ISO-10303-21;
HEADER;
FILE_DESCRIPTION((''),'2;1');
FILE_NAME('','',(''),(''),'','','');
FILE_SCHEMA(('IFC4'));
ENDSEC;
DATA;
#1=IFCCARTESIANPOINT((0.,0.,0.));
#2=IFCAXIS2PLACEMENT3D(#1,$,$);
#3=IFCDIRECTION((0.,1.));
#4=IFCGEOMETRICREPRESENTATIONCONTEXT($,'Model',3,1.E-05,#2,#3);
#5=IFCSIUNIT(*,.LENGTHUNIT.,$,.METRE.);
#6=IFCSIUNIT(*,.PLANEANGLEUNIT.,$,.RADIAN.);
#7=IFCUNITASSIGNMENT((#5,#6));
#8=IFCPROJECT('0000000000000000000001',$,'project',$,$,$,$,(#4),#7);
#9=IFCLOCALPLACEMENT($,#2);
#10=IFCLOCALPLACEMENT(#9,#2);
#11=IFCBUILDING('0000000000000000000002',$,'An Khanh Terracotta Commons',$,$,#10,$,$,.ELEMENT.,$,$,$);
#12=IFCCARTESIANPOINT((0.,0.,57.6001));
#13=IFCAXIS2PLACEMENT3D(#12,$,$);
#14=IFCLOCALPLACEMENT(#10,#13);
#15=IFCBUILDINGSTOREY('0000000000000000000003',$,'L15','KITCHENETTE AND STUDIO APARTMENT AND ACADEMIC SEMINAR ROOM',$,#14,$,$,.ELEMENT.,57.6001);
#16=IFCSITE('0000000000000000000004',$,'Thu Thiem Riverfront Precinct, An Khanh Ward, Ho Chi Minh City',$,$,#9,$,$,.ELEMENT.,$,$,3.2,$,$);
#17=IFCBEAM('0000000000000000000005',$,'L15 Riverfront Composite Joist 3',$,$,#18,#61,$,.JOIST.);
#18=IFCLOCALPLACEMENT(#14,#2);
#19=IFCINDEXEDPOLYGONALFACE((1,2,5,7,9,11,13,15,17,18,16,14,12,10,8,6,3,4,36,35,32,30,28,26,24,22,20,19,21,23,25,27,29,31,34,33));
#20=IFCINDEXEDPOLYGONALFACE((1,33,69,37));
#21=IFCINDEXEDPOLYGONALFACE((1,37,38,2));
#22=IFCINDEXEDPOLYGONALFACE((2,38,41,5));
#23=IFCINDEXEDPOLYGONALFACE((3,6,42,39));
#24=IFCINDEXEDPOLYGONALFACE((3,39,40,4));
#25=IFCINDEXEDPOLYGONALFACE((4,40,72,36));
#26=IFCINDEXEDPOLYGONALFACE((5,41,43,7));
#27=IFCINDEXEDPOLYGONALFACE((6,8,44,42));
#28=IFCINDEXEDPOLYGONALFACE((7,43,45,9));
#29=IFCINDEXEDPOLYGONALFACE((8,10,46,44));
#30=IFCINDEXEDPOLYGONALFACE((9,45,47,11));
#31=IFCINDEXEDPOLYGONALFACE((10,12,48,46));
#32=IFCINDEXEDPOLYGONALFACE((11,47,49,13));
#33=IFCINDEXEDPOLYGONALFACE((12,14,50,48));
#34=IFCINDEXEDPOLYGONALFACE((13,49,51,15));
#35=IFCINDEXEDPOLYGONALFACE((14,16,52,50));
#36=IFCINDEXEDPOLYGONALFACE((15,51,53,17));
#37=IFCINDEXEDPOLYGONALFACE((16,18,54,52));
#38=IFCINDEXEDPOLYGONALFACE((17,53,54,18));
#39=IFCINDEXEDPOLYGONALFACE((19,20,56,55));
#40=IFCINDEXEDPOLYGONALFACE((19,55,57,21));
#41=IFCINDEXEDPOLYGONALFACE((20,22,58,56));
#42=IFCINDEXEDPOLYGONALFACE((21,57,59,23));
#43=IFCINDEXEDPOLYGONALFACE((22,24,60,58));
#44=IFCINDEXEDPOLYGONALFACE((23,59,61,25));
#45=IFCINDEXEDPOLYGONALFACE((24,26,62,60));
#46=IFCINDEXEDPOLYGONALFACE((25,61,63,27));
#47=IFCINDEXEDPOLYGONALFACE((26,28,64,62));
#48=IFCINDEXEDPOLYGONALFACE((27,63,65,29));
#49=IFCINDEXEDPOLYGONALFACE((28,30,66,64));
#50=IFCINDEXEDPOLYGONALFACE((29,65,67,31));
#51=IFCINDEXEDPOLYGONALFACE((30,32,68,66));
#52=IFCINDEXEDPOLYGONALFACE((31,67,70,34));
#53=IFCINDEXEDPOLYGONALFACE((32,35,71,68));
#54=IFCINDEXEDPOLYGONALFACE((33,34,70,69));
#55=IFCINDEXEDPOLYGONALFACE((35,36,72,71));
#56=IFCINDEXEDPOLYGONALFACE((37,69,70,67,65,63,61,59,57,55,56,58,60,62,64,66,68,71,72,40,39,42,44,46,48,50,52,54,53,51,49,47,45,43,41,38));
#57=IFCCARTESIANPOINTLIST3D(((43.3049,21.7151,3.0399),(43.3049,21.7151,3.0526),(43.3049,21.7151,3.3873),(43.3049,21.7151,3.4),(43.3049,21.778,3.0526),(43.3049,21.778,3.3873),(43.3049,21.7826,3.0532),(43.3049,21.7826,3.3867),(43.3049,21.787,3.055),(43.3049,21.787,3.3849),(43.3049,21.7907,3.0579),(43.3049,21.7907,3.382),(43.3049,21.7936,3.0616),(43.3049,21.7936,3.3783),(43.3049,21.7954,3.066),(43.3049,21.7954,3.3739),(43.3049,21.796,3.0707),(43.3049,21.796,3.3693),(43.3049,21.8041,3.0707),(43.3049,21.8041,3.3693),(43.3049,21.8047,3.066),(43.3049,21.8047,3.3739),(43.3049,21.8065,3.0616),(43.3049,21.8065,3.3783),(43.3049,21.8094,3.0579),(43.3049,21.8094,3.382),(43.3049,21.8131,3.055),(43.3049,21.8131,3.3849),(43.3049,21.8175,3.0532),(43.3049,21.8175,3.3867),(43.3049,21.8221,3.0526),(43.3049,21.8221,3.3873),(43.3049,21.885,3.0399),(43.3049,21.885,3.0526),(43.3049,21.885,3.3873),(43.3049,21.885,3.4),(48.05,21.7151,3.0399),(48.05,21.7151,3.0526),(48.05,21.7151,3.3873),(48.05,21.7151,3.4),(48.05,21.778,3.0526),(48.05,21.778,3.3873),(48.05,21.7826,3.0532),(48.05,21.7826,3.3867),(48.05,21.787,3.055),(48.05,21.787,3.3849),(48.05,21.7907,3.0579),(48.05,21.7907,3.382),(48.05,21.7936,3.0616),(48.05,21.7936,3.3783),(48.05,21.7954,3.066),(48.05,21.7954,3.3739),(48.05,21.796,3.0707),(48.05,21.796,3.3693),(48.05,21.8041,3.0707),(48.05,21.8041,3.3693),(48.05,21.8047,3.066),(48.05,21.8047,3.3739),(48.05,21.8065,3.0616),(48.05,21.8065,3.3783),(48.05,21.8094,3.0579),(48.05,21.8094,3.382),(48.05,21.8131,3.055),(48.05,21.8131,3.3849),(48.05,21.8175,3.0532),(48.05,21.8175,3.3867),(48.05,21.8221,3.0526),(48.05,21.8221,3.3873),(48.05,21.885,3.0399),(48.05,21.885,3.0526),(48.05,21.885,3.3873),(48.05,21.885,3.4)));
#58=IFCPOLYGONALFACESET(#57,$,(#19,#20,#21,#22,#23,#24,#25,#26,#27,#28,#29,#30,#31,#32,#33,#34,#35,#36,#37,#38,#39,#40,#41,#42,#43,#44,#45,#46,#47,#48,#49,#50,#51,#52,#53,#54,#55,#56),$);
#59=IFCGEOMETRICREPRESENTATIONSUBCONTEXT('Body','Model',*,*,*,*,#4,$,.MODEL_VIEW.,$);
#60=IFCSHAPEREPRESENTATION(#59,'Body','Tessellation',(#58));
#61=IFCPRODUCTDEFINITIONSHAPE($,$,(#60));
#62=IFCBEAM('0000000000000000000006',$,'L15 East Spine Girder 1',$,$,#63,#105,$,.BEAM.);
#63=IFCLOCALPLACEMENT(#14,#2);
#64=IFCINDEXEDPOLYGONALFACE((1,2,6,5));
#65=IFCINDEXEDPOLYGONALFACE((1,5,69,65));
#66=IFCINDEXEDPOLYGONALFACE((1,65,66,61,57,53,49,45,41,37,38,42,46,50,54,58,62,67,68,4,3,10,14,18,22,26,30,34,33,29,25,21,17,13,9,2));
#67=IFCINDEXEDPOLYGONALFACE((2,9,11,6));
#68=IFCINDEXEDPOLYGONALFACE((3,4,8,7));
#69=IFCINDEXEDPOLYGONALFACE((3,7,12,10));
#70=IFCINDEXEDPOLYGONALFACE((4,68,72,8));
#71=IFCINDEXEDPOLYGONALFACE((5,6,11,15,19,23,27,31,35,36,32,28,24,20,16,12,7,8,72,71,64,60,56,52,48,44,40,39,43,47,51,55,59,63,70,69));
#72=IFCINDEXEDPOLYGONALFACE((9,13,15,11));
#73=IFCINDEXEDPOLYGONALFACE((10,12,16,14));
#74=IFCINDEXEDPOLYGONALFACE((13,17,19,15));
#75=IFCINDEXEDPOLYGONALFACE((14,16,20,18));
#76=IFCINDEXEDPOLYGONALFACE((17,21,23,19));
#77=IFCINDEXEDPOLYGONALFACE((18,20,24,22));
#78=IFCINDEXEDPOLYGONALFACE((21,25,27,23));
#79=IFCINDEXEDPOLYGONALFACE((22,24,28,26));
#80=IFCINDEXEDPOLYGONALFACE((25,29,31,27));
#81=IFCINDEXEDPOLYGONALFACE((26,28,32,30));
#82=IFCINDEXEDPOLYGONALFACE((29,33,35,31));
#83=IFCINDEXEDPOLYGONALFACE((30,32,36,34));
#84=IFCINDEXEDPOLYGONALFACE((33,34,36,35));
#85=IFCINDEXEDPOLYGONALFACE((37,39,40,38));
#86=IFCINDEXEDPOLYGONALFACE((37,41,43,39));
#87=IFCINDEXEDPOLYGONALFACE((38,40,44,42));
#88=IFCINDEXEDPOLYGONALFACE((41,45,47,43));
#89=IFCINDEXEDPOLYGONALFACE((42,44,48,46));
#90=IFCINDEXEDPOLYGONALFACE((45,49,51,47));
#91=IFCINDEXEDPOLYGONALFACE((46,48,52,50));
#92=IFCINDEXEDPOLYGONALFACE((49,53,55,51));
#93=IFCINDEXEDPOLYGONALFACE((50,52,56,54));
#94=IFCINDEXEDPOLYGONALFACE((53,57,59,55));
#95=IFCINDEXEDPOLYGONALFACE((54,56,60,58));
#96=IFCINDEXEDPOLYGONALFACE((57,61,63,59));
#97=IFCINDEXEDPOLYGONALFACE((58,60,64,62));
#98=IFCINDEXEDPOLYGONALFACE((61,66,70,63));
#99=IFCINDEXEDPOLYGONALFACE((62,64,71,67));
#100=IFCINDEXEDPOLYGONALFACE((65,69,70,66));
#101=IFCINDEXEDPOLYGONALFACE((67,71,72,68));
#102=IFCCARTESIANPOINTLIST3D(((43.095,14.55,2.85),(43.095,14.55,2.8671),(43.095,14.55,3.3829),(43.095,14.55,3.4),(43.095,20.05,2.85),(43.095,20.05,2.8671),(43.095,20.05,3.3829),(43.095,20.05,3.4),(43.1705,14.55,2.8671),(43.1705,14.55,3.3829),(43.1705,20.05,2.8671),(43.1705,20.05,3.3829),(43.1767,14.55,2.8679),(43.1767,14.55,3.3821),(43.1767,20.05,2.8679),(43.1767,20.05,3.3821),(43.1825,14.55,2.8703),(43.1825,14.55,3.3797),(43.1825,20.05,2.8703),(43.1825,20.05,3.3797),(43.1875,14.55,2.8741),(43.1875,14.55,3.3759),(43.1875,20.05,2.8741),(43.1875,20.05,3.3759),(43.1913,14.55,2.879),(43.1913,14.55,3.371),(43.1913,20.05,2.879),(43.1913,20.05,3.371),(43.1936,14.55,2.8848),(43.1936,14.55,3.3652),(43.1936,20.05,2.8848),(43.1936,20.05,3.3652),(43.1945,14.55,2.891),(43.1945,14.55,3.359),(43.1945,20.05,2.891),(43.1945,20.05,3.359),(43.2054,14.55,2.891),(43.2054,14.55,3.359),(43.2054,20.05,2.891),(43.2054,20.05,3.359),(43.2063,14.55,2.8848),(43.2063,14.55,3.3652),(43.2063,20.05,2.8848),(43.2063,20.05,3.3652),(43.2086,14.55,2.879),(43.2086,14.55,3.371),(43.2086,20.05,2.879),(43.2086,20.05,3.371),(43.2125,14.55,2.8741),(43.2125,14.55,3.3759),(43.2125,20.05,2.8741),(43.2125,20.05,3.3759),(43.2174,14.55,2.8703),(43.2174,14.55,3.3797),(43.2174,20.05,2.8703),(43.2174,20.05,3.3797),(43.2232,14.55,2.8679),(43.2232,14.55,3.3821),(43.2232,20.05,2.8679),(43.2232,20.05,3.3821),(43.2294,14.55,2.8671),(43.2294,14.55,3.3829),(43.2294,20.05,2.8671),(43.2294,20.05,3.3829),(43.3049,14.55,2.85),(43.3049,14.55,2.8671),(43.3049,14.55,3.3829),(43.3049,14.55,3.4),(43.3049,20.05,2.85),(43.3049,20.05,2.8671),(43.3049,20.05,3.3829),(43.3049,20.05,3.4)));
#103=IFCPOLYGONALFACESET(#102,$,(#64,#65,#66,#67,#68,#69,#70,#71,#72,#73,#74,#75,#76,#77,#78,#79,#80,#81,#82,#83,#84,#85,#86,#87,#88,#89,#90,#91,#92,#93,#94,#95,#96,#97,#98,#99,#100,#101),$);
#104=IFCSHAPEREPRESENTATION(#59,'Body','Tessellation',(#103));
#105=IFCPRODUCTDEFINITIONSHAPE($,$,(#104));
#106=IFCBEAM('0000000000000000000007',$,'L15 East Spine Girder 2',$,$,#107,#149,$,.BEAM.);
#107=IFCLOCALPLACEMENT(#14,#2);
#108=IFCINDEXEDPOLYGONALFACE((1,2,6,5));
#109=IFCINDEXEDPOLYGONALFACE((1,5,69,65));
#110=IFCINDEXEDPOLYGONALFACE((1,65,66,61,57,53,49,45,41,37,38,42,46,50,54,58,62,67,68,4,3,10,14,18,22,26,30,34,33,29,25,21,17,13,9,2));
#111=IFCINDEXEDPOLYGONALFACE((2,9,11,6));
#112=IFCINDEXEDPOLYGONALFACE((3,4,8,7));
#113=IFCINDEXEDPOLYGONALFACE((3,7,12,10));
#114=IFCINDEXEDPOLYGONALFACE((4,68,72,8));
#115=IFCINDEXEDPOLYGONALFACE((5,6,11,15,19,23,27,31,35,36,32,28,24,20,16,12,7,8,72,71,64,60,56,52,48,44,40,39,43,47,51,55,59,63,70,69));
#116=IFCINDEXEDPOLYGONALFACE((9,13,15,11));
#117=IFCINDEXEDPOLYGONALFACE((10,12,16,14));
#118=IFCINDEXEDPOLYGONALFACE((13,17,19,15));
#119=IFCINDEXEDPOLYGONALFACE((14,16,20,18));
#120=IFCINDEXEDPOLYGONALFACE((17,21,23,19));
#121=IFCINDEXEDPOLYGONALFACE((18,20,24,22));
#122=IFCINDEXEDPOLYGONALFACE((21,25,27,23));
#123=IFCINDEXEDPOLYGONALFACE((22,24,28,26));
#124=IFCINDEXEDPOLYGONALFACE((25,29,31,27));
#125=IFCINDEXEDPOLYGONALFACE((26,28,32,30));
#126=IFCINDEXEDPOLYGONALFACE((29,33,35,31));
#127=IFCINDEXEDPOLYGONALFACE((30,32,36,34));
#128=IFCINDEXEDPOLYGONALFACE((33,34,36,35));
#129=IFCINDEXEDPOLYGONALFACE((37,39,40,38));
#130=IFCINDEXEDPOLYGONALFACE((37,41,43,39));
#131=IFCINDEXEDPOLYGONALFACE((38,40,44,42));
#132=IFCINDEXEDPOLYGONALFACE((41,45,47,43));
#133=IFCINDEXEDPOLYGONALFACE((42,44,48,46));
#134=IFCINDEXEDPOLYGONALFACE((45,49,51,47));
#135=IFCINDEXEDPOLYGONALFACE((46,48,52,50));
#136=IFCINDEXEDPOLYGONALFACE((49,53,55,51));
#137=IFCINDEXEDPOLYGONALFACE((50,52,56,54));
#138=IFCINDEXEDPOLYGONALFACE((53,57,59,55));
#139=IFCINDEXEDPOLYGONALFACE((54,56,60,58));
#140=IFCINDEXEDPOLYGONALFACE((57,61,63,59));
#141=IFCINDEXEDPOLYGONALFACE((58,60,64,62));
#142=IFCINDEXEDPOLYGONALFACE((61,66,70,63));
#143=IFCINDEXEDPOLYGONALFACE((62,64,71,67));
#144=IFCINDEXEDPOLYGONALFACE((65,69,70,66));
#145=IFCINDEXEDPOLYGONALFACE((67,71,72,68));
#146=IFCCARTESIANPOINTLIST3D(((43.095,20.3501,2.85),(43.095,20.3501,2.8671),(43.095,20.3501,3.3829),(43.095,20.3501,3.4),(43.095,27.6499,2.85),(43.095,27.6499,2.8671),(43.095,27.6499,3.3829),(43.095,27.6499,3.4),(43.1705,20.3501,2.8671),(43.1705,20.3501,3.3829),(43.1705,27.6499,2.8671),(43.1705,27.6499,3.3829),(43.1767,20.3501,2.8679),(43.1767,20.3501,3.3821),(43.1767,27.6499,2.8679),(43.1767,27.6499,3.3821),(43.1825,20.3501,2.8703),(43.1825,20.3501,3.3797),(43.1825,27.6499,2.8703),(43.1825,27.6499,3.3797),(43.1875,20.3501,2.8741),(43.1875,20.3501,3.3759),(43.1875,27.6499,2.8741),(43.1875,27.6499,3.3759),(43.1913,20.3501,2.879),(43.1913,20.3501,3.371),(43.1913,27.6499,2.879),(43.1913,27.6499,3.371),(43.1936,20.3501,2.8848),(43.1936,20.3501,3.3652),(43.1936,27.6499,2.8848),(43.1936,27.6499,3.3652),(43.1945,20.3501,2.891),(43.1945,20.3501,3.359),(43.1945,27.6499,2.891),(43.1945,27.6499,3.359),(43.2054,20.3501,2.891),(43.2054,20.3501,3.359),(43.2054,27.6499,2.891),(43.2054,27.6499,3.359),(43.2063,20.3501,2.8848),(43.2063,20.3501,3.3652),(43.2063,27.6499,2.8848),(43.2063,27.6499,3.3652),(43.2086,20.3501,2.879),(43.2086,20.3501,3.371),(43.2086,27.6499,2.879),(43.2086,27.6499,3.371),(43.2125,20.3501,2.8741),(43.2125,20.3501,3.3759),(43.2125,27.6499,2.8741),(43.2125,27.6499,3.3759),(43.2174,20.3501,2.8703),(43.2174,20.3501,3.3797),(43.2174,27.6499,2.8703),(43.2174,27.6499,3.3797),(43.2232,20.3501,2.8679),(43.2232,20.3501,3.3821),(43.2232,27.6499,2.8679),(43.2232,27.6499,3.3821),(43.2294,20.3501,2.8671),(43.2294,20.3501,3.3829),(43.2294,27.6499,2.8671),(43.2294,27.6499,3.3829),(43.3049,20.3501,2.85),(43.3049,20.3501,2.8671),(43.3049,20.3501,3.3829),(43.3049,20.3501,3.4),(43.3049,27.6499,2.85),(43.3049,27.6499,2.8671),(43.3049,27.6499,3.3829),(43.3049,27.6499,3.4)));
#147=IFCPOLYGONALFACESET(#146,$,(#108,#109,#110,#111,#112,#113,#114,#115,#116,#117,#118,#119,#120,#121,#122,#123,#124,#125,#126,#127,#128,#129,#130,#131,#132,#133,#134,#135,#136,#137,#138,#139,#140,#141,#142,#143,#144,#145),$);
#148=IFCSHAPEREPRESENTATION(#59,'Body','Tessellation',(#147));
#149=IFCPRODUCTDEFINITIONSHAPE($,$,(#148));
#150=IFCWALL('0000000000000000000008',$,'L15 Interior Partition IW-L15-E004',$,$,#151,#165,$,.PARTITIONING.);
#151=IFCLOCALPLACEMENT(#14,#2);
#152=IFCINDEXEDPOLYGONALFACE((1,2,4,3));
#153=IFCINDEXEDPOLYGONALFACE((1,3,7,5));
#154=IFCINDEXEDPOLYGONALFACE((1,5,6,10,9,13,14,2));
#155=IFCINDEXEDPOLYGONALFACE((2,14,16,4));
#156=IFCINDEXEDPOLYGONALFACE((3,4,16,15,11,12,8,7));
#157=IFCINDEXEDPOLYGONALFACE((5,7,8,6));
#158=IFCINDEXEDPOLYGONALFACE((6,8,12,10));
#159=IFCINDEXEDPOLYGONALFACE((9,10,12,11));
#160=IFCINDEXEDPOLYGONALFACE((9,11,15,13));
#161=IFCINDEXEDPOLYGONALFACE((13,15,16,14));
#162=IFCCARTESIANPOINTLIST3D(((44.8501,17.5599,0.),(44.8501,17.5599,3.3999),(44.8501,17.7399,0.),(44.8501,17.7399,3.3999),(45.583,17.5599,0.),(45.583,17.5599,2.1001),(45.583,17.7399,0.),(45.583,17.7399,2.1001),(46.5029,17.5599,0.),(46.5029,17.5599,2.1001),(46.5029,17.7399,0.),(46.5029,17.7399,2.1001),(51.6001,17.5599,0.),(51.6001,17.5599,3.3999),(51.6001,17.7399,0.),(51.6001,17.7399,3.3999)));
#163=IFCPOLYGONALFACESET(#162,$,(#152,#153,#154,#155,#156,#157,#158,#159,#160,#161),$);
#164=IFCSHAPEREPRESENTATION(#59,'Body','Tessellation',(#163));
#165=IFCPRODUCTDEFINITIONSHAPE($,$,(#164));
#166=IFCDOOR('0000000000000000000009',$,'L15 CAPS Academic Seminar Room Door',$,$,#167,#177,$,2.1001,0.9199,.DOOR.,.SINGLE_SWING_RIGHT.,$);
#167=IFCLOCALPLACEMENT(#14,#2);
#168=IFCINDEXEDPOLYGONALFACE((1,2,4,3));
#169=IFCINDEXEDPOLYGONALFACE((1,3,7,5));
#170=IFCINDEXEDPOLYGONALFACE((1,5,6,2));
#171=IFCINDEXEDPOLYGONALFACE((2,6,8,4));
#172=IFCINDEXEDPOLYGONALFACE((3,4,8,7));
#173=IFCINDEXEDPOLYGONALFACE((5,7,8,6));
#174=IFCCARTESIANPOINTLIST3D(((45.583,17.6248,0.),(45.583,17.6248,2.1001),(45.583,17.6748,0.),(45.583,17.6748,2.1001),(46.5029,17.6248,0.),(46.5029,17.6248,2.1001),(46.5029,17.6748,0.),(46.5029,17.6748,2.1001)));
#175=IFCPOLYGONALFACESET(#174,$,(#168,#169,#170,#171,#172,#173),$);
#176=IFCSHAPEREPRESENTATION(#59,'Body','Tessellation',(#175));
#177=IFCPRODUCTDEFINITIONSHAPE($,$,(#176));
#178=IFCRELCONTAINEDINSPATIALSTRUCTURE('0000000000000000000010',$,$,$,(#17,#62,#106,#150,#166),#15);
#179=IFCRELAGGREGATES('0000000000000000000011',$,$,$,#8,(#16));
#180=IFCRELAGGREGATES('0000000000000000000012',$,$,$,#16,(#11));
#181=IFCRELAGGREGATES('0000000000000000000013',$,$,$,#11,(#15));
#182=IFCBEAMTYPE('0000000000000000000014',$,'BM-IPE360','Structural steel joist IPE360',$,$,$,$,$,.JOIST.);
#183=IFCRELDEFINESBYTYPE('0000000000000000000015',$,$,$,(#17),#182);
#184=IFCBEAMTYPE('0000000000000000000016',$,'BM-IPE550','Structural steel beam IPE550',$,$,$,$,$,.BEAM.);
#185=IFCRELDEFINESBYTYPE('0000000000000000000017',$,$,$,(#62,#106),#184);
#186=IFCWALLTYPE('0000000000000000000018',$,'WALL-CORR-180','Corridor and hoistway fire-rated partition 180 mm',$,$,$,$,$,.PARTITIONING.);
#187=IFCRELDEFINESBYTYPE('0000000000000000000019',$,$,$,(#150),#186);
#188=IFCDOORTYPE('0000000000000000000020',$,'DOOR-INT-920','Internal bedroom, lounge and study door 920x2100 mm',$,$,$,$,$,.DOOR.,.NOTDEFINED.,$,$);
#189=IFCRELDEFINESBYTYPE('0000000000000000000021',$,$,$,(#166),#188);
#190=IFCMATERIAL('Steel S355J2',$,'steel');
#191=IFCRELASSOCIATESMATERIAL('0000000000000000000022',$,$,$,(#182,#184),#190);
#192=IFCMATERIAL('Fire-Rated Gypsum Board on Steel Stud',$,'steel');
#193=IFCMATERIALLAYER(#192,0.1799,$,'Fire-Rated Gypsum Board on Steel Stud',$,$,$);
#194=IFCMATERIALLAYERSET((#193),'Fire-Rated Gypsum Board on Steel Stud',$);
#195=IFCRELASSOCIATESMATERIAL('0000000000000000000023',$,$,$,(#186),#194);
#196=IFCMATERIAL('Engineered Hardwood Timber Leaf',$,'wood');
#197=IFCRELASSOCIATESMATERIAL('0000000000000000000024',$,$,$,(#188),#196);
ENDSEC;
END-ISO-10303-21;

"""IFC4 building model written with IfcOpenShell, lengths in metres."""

from ifc_helpers import new_model, si_unit, direction, frame, frame_2d, origin, origin_2d, place, context, subcontext, project, spatial, rectangle, i_section, extrude, material, layer, layer_set, material_profile, profile_set, type_object, element, fill, save


model = new_model("IFC4")

# Units and contexts
model_context = context("Model", 3, precision=1e-05, world=origin(), true_north=direction((0.0, 1.0)))
body_context = subcontext(model_context, "Body", "Model", "MODEL_VIEW")
ifc_project = project(units=[si_unit("LENGTHUNIT", "METRE"), si_unit("PLANEANGLEUNIT", "RADIAN")], contexts=[model_context])

# Site, building, storey
site_placement = place(None, origin())
site = spatial("IfcSite", under=ifc_project, at=site_placement, Name="Thu Thiem Riverfront Precinct, An Khanh Ward, Ho Chi Minh City", CompositionType="ELEMENT", RefElevation=3.2)
building_placement = place(site_placement, origin())
building = spatial("IfcBuilding", under=site, at=building_placement, Name="An Khanh Terracotta Commons", CompositionType="ELEMENT")
storey_placement = place(building_placement, frame((0.0, 0.0, 57.6001)))
storey = spatial("IfcBuildingStorey", under=building, at=storey_placement, Name="L15", Description="KITCHENETTE AND STUDIO APARTMENT AND ACADEMIC SEMINAR ROOM", CompositionType="ELEMENT", Elevation=57.6001)

# Beams
ifc_material_1 = material(Name="Steel S355J2", Category="steel")
ifc_material_profile_1 = material_profile(ifc_material_1, i_section(OverallWidth=0.1699, OverallDepth=0.3601, WebThickness=0.0081, FlangeThickness=0.0127, FilletRadius=0.0181, at=origin_2d()), Name="IPE360")
ifc_profile_set_1 = profile_set([ifc_material_profile_1], Name="Steel S355J2")
beam_type_1 = type_object("IfcBeamType", Name="BM-IPE360", Description="Structural steel joist IPE360", PredefinedType="JOIST", material=ifc_profile_set_1)
for number, where, z_axis, x_axis, name in (
    (1, (43.3049, 21.8, 3.22), (1.0, 0.0, 0.0), (0.0, 1.0, 0.0), "L15 Riverfront Composite Joist 3"),
):
    element("IfcBeam", number, at=place(storey_placement, frame(where, z_axis=z_axis, x_axis=x_axis)), inside=storey, type_object=beam_type_1, Name=name, PredefinedType="JOIST", context=body_context, shape_type="SweptSolid", body=[
        extrude(i_section(OverallWidth=0.1699, OverallDepth=0.3601, WebThickness=0.0081, FlangeThickness=0.0127, FilletRadius=0.0181, at=origin_2d()), origin(), (0.0, 0.0, 1.0), 4.7451),
    ])
ifc_material_profile_2 = material_profile(ifc_material_1, i_section(OverallWidth=0.21, OverallDepth=0.55, WebThickness=0.011, FlangeThickness=0.0171, FilletRadius=0.0239, at=origin_2d()), Name="IPE550")
ifc_profile_set_2 = profile_set([ifc_material_profile_2], Name="Steel S355J2")
beam_type_2 = type_object("IfcBeamType", Name="BM-IPE550", Description="Structural steel beam IPE550", PredefinedType="BEAM", material=ifc_profile_set_2)
beam_1_placement = place(storey_placement, frame((43.2, 14.55, 3.125), z_axis=(0.0, 1.0, 0.0), x_axis=(-1.0, 0.0, 0.0)))
element("IfcBeam", 2, at=beam_1_placement, inside=storey, type_object=beam_type_2, Name="L15 East Spine Girder 1", PredefinedType="BEAM", context=body_context, shape_type="SweptSolid", body=[
    extrude(i_section(OverallWidth=0.21, OverallDepth=0.55, WebThickness=0.011, FlangeThickness=0.0171, FilletRadius=0.0239, at=origin_2d()), origin(), (0.0, 0.0, 1.0), 5.5),
])
beam_2_placement = place(storey_placement, frame((43.2, 20.3501, 3.125), z_axis=(0.0, 1.0, 0.0), x_axis=(-1.0, 0.0, 0.0)))
element("IfcBeam", 3, at=beam_2_placement, inside=storey, type_object=beam_type_2, Name="L15 East Spine Girder 2", PredefinedType="BEAM", context=body_context, shape_type="SweptSolid", body=[
    extrude(i_section(OverallWidth=0.21, OverallDepth=0.55, WebThickness=0.011, FlangeThickness=0.0171, FilletRadius=0.0239, at=origin_2d()), origin(), (0.0, 0.0, 1.0), 7.2998),
])

# Wall, opening, door
ifc_material_2 = material(Name="Fire-Rated Gypsum Board on Steel Stud", Category="steel")
ifc_layer_1 = layer(ifc_material_2, 0.1799, Name="Fire-Rated Gypsum Board on Steel Stud")
ifc_layer_set_1 = layer_set([ifc_layer_1], Name="Fire-Rated Gypsum Board on Steel Stud")
wall_type_1 = type_object("IfcWallType", Name="WALL-CORR-180", Description="Corridor and hoistway fire-rated partition 180 mm", PredefinedType="PARTITIONING", material=ifc_layer_set_1)
wall_1_placement = place(storey_placement, frame((44.8501, 17.6499, 0.0), z_axis=(0.0, 0.0, 1.0), x_axis=(1.0, 0.0, 0.0)))
wall_1 = element("IfcWall", 4, at=wall_1_placement, inside=storey, type_object=wall_type_1, Name="L15 Interior Partition IW-L15-E004", PredefinedType="PARTITIONING", context=body_context, shape_type="SweptSolid", body=[
    extrude(rectangle(XDim=6.75, YDim=0.1799, at=frame_2d((3.375, 0.0))), origin(), (0.0, 0.0, 1.0), 3.3999),
])
opening_1_placement = place(wall_1_placement, frame((0.7329, 0.0, 0.0)))
opening_1 = element("IfcOpeningElement", 5, at=opening_1_placement, cuts=wall_1, PredefinedType="OPENING", context=body_context, shape_type="SweptSolid", body=[
    extrude(rectangle(XDim=0.9199, YDim=2.1001, at=frame_2d((0.46, 1.05))), frame((0.0, 0.0999, 0.0), z_axis=(0.0, -1.0, 0.0), x_axis=(1.0, 0.0, 0.0)), (0.0, 0.0, 1.0), 0.2),
])
ifc_material_3 = material(Name="Engineered Hardwood Timber Leaf", Category="wood")
door_type_1 = type_object("IfcDoorType", Name="DOOR-INT-920", Description="Internal bedroom, lounge and study door 920x2100 mm", OperationType="NOTDEFINED", PredefinedType="DOOR", material=ifc_material_3)
door_1_placement = place(opening_1_placement, origin())
door_1 = element("IfcDoor", 6, at=door_1_placement, inside=storey, type_object=door_type_1, Name="L15 CAPS Academic Seminar Room Door", OperationType="SINGLE_SWING_RIGHT", OverallHeight=2.1001, OverallWidth=0.9199, PredefinedType="DOOR", context=body_context, shape_type="SweptSolid", body=[
    extrude(rectangle(XDim=0.9199, YDim=2.1001, at=frame_2d((0.46, 1.05))), frame((0.0, 0.0249, 0.0), z_axis=(0.0, -1.0, 0.0), x_axis=(1.0, 0.0, 0.0)), (0.0, 0.0, 1.0), 0.05),
])
fill(opening_1, door_1)

save(model, "model.ifc")
